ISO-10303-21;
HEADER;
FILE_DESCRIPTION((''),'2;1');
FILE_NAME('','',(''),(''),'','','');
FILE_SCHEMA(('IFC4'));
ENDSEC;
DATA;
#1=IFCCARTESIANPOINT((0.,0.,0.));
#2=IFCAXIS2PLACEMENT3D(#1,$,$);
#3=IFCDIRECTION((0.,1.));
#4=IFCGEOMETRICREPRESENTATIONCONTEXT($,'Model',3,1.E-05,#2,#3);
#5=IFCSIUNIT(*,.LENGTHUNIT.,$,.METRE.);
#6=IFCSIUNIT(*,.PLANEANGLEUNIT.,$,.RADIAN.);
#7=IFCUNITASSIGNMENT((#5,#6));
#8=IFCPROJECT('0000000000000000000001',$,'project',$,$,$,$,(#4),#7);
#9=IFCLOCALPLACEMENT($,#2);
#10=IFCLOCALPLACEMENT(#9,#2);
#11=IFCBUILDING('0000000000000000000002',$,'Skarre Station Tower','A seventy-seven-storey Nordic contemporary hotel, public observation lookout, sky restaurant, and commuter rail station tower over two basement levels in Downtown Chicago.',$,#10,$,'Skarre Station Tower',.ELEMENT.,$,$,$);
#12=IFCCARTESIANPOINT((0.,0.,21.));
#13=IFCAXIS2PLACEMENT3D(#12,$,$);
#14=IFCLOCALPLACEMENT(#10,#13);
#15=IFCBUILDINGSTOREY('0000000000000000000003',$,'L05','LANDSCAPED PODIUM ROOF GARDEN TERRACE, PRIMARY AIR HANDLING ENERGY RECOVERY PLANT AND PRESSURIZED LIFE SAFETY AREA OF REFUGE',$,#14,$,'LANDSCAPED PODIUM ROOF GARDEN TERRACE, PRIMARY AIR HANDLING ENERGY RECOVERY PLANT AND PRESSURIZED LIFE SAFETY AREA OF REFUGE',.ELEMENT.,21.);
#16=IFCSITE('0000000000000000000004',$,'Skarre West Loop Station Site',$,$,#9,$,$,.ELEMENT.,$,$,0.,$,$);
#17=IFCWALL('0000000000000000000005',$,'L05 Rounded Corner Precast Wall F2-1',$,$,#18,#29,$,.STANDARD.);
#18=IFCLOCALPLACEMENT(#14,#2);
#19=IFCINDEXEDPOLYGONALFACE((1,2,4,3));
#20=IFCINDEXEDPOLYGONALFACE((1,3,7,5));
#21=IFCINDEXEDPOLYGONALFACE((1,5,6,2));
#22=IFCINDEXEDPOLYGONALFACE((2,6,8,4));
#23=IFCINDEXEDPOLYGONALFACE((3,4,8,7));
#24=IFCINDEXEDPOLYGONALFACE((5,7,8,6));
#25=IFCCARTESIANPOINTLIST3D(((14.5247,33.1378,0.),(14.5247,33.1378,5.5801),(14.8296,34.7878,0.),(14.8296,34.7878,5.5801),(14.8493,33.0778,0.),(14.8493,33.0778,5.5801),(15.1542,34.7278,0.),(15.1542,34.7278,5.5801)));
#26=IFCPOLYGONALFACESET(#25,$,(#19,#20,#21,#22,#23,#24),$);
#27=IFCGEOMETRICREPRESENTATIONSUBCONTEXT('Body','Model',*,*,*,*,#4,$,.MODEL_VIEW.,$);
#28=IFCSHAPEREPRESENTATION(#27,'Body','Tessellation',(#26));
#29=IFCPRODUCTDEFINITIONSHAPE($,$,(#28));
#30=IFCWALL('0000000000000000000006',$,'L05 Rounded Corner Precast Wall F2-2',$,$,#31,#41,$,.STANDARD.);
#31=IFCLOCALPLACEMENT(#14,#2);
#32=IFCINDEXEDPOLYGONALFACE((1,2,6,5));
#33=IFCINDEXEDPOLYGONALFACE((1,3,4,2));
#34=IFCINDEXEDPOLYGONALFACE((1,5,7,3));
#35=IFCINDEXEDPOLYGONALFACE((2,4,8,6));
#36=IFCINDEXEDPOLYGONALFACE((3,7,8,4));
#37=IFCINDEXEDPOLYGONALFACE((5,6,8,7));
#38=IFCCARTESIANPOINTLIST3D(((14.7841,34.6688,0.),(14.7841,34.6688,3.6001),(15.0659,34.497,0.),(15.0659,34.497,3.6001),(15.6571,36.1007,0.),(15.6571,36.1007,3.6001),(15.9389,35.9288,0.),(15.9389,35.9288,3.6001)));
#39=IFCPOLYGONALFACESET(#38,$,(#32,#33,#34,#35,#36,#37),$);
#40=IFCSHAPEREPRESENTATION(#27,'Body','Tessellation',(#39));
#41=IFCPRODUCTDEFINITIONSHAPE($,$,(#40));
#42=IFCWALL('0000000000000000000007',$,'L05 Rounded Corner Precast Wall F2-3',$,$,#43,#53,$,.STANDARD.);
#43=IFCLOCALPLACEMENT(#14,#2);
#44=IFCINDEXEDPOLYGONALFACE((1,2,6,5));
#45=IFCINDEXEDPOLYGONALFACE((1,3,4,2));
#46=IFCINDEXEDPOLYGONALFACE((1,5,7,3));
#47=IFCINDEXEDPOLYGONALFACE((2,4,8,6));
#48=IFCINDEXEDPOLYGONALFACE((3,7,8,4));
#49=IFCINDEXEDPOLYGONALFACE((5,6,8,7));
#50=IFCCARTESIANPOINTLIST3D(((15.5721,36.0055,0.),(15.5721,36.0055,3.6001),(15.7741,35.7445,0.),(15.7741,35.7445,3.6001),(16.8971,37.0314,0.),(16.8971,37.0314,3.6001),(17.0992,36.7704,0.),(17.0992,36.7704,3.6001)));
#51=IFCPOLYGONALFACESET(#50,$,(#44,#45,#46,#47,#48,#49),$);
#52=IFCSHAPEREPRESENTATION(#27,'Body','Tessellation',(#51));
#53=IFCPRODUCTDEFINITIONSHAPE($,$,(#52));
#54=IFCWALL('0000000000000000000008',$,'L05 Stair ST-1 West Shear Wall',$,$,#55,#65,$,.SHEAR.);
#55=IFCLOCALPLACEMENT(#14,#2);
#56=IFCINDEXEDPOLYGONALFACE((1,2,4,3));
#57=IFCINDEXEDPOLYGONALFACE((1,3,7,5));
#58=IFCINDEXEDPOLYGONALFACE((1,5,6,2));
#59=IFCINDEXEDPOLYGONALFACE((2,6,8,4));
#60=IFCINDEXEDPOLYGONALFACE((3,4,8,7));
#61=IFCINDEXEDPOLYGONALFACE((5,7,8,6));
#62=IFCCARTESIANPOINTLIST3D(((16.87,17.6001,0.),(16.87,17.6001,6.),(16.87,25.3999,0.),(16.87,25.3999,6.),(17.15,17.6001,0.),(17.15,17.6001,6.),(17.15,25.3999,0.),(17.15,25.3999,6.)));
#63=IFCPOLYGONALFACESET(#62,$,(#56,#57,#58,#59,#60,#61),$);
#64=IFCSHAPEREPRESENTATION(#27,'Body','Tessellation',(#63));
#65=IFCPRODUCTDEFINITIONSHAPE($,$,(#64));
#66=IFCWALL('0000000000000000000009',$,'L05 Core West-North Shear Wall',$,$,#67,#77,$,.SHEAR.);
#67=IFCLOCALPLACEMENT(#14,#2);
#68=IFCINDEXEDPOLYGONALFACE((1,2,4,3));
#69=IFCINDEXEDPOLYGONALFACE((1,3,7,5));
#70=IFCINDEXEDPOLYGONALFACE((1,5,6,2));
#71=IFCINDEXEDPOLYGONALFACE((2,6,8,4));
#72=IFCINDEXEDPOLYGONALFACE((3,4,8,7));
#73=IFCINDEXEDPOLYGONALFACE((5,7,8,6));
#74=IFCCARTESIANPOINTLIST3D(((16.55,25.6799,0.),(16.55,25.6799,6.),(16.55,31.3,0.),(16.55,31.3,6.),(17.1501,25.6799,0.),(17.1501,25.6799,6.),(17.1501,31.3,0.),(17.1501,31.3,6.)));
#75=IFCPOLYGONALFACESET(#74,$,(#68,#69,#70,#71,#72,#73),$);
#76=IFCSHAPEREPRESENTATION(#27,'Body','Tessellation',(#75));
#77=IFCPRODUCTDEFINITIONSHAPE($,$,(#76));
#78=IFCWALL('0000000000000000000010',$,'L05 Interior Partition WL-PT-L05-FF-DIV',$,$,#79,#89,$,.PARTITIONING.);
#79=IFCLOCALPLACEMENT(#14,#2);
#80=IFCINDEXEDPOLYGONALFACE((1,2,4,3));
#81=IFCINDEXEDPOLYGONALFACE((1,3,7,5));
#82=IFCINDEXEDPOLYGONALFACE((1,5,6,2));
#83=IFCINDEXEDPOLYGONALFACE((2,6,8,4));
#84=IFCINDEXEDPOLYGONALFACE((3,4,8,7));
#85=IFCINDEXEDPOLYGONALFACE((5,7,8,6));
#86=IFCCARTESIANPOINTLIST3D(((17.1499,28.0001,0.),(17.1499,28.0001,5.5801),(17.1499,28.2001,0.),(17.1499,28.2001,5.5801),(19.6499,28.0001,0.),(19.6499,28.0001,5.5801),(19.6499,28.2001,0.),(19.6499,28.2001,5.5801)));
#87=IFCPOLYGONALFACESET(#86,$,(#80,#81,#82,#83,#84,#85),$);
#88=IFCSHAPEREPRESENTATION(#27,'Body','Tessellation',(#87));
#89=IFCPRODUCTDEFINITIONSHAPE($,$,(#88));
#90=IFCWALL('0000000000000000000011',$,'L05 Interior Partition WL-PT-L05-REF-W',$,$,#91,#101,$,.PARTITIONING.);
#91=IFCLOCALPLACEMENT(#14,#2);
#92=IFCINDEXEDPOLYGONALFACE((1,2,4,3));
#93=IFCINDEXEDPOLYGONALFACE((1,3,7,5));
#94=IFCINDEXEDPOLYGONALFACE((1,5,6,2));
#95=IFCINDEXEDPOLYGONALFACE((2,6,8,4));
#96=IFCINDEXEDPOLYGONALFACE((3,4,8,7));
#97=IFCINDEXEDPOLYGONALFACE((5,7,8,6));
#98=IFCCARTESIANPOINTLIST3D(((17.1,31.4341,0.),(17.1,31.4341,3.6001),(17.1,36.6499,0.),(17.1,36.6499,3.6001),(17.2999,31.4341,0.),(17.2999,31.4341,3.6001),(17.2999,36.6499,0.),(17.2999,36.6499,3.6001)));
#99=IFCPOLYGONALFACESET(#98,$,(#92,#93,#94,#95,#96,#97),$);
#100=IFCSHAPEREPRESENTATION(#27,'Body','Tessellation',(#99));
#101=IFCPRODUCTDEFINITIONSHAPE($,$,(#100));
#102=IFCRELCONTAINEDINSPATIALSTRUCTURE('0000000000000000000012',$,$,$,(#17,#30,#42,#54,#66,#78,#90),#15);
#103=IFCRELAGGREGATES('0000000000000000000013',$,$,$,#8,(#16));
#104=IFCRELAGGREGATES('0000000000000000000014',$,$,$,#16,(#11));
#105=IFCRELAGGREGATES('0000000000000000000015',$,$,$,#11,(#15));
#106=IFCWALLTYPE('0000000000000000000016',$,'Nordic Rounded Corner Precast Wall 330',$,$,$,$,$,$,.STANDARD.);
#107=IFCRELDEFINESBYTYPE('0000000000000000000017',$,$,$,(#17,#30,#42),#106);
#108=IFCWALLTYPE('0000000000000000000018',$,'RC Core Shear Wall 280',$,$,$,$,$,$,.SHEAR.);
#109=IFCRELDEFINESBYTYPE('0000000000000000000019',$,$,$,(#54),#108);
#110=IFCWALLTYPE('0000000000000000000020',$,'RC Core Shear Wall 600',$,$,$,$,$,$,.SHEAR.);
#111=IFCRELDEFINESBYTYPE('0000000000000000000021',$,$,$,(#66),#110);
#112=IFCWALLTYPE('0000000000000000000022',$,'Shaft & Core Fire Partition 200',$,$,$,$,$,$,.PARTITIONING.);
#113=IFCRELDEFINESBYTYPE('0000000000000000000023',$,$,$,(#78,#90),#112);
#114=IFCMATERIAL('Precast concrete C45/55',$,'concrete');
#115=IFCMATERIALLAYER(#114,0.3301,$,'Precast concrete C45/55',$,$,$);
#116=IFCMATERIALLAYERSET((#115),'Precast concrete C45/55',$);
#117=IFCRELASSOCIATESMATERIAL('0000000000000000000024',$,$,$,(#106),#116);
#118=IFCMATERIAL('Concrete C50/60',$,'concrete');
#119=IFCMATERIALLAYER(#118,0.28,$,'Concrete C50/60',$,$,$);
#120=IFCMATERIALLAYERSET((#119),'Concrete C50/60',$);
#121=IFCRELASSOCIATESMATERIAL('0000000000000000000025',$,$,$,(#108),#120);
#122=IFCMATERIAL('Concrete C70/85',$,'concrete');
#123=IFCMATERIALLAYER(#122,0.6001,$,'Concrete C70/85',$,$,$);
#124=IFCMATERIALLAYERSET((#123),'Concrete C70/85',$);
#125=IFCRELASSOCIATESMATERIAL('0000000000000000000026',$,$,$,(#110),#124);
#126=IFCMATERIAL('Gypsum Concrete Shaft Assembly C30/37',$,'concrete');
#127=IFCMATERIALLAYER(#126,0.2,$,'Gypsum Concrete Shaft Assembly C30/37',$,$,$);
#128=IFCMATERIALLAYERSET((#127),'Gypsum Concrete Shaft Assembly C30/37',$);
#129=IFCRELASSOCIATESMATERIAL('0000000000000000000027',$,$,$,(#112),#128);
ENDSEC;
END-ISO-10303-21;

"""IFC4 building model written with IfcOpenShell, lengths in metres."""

from ifc_helpers import new_model, si_unit, direction, frame, frame_2d, origin, place, context, subcontext, project, spatial, rectangle, extrude, material, layer, layer_set, type_object, element, save


model = new_model("IFC4")

# Units and contexts
model_context = context("Model", 3, precision=1e-05, world=origin(), true_north=direction((0.0, 1.0)))
body_context = subcontext(model_context, "Body", "Model", "MODEL_VIEW")
ifc_project = project(units=[si_unit("LENGTHUNIT", "METRE"), si_unit("PLANEANGLEUNIT", "RADIAN")], contexts=[model_context])

# Site, building, storey
site_placement = place(None, origin())
site = spatial("IfcSite", under=ifc_project, at=site_placement, Name="Skarre West Loop Station Site", CompositionType="ELEMENT", RefElevation=0.0)
building_placement = place(site_placement, origin())
building = spatial("IfcBuilding", under=site, at=building_placement, Name="Skarre Station Tower", Description="A seventy-seven-storey Nordic contemporary hotel, public observation lookout, sky restaurant, and commuter rail station tower over two basement levels in Downtown Chicago.", LongName="Skarre Station Tower", CompositionType="ELEMENT")
storey_placement = place(building_placement, frame((0.0, 0.0, 21.0)))
storey = spatial("IfcBuildingStorey", under=building, at=storey_placement, Name="L05", Description="LANDSCAPED PODIUM ROOF GARDEN TERRACE, PRIMARY AIR HANDLING ENERGY RECOVERY PLANT AND PRESSURIZED LIFE SAFETY AREA OF REFUGE", LongName="LANDSCAPED PODIUM ROOF GARDEN TERRACE, PRIMARY AIR HANDLING ENERGY RECOVERY PLANT AND PRESSURIZED LIFE SAFETY AREA OF REFUGE", CompositionType="ELEMENT", Elevation=21.0)

# Shared definitions
ifc_material_1 = material(Name="Concrete C70/85", Category="concrete")

# Walls
ifc_material_2 = material(Name="Precast concrete C45/55", Category="concrete")
ifc_layer_1 = layer(ifc_material_2, 0.3301, Name="Precast concrete C45/55")
ifc_layer_set_1 = layer_set([ifc_layer_1], Name="Precast concrete C45/55")
wall_type_1 = type_object("IfcWallType", Name="Nordic Rounded Corner Precast Wall 330", PredefinedType="STANDARD", material=ifc_layer_set_1)
wall_1_placement = place(storey_placement, frame((14.687, 33.1079, 0.0), z_axis=(0.0, 0.0, 1.0), x_axis=(0.181714, 0.983351, 0.0)))
element("IfcWall", 1, at=wall_1_placement, inside=storey, type_object=wall_type_1, Name="L05 Rounded Corner Precast Wall F2-1", PredefinedType="STANDARD", context=body_context, shape_type="SweptSolid", body=[
    extrude(rectangle(XDim=1.678, YDim=0.3301, at=frame_2d((0.8389, 0.0))), origin(), (0.0, 0.0, 1.0), 5.5801),
])
wall_2_placement = place(storey_placement, frame((14.925, 34.583, 0.0), z_axis=(0.0, 0.0, 1.0), x_axis=(0.520584, 0.85381, 0.0)))
element("IfcWall", 2, at=wall_2_placement, inside=storey, type_object=wall_type_1, Name="L05 Rounded Corner Precast Wall F2-2", PredefinedType="STANDARD", context=body_context, shape_type="SweptSolid", body=[
    extrude(rectangle(XDim=1.677, YDim=0.3301, at=frame_2d((0.8384, 0.0))), origin(), (0.0, 0.0, 1.0), 3.6001),
])
wall_3_placement = place(storey_placement, frame((15.6731, 35.875, 0.0), z_axis=(0.0, 0.0, 1.0), x_axis=(0.790692, 0.612214, 0.0)))
element("IfcWall", 3, at=wall_3_placement, inside=storey, type_object=wall_type_1, Name="L05 Rounded Corner Precast Wall F2-3", PredefinedType="STANDARD", context=body_context, shape_type="SweptSolid", body=[
    extrude(rectangle(XDim=1.6758, YDim=0.3301, at=frame_2d((0.8379, 0.0))), origin(), (0.0, 0.0, 1.0), 3.6001),
])
ifc_material_3 = material(Name="Concrete C50/60", Category="concrete")
ifc_layer_2 = layer(ifc_material_3, 0.28, Name="Concrete C50/60")
ifc_layer_set_2 = layer_set([ifc_layer_2], Name="Concrete C50/60")
wall_type_2 = type_object("IfcWallType", Name="RC Core Shear Wall 280", PredefinedType="SHEAR", material=ifc_layer_set_2)
wall_4_placement = place(storey_placement, frame((17.01, 25.3999, 0.0), z_axis=(0.0, 0.0, 1.0), x_axis=(0.0, -1.0, 0.0)))
element("IfcWall", 4, at=wall_4_placement, inside=storey, type_object=wall_type_2, Name="L05 Stair ST-1 West Shear Wall", PredefinedType="SHEAR", context=body_context, shape_type="SweptSolid", body=[
    extrude(rectangle(XDim=7.7998, YDim=0.28, at=frame_2d((3.8999, 0.0))), origin(), (0.0, 0.0, 1.0), 6.0),
])
ifc_layer_3 = layer(ifc_material_1, 0.6001, Name="Concrete C70/85")
ifc_layer_set_3 = layer_set([ifc_layer_3], Name="Concrete C70/85")
wall_type_3 = type_object("IfcWallType", Name="RC Core Shear Wall 600", PredefinedType="SHEAR", material=ifc_layer_set_3)
wall_5_placement = place(storey_placement, frame((16.8501, 25.6799, 0.0), z_axis=(0.0, 0.0, 1.0), x_axis=(0.0, 1.0, 0.0)))
element("IfcWall", 5, at=wall_5_placement, inside=storey, type_object=wall_type_3, Name="L05 Core West-North Shear Wall", PredefinedType="SHEAR", context=body_context, shape_type="SweptSolid", body=[
    extrude(rectangle(XDim=5.6201, YDim=0.6001, at=frame_2d((2.8101, 0.0))), origin(), (0.0, 0.0, 1.0), 6.0),
])
ifc_material_4 = material(Name="Gypsum Concrete Shaft Assembly C30/37", Category="concrete")
ifc_layer_4 = layer(ifc_material_4, 0.2, Name="Gypsum Concrete Shaft Assembly C30/37")
ifc_layer_set_4 = layer_set([ifc_layer_4], Name="Gypsum Concrete Shaft Assembly C30/37")
wall_type_4 = type_object("IfcWallType", Name="Shaft & Core Fire Partition 200", PredefinedType="PARTITIONING", material=ifc_layer_set_4)
wall_6_placement = place(storey_placement, frame((17.1499, 28.1001, 0.0), z_axis=(0.0, 0.0, 1.0), x_axis=(1.0, 0.0, 0.0)))
element("IfcWall", 6, at=wall_6_placement, inside=storey, type_object=wall_type_4, Name="L05 Interior Partition WL-PT-L05-FF-DIV", PredefinedType="PARTITIONING", context=body_context, shape_type="SweptSolid", body=[
    extrude(rectangle(XDim=2.5, YDim=0.2, at=frame_2d((1.25, 0.0))), origin(), (0.0, 0.0, 1.0), 5.5801),
])
wall_7_placement = place(storey_placement, frame((17.2, 36.6499, 0.0), z_axis=(0.0, 0.0, 1.0), x_axis=(0.0, -1.0, 0.0)))
element("IfcWall", 7, at=wall_7_placement, inside=storey, type_object=wall_type_4, Name="L05 Interior Partition WL-PT-L05-REF-W", PredefinedType="PARTITIONING", context=body_context, shape_type="SweptSolid", body=[
    extrude(rectangle(XDim=5.2158, YDim=0.2, at=frame_2d((2.6079, 0.0))), origin(), (0.0, 0.0, 1.0), 3.6001),
])

save(model, "model.ifc")
